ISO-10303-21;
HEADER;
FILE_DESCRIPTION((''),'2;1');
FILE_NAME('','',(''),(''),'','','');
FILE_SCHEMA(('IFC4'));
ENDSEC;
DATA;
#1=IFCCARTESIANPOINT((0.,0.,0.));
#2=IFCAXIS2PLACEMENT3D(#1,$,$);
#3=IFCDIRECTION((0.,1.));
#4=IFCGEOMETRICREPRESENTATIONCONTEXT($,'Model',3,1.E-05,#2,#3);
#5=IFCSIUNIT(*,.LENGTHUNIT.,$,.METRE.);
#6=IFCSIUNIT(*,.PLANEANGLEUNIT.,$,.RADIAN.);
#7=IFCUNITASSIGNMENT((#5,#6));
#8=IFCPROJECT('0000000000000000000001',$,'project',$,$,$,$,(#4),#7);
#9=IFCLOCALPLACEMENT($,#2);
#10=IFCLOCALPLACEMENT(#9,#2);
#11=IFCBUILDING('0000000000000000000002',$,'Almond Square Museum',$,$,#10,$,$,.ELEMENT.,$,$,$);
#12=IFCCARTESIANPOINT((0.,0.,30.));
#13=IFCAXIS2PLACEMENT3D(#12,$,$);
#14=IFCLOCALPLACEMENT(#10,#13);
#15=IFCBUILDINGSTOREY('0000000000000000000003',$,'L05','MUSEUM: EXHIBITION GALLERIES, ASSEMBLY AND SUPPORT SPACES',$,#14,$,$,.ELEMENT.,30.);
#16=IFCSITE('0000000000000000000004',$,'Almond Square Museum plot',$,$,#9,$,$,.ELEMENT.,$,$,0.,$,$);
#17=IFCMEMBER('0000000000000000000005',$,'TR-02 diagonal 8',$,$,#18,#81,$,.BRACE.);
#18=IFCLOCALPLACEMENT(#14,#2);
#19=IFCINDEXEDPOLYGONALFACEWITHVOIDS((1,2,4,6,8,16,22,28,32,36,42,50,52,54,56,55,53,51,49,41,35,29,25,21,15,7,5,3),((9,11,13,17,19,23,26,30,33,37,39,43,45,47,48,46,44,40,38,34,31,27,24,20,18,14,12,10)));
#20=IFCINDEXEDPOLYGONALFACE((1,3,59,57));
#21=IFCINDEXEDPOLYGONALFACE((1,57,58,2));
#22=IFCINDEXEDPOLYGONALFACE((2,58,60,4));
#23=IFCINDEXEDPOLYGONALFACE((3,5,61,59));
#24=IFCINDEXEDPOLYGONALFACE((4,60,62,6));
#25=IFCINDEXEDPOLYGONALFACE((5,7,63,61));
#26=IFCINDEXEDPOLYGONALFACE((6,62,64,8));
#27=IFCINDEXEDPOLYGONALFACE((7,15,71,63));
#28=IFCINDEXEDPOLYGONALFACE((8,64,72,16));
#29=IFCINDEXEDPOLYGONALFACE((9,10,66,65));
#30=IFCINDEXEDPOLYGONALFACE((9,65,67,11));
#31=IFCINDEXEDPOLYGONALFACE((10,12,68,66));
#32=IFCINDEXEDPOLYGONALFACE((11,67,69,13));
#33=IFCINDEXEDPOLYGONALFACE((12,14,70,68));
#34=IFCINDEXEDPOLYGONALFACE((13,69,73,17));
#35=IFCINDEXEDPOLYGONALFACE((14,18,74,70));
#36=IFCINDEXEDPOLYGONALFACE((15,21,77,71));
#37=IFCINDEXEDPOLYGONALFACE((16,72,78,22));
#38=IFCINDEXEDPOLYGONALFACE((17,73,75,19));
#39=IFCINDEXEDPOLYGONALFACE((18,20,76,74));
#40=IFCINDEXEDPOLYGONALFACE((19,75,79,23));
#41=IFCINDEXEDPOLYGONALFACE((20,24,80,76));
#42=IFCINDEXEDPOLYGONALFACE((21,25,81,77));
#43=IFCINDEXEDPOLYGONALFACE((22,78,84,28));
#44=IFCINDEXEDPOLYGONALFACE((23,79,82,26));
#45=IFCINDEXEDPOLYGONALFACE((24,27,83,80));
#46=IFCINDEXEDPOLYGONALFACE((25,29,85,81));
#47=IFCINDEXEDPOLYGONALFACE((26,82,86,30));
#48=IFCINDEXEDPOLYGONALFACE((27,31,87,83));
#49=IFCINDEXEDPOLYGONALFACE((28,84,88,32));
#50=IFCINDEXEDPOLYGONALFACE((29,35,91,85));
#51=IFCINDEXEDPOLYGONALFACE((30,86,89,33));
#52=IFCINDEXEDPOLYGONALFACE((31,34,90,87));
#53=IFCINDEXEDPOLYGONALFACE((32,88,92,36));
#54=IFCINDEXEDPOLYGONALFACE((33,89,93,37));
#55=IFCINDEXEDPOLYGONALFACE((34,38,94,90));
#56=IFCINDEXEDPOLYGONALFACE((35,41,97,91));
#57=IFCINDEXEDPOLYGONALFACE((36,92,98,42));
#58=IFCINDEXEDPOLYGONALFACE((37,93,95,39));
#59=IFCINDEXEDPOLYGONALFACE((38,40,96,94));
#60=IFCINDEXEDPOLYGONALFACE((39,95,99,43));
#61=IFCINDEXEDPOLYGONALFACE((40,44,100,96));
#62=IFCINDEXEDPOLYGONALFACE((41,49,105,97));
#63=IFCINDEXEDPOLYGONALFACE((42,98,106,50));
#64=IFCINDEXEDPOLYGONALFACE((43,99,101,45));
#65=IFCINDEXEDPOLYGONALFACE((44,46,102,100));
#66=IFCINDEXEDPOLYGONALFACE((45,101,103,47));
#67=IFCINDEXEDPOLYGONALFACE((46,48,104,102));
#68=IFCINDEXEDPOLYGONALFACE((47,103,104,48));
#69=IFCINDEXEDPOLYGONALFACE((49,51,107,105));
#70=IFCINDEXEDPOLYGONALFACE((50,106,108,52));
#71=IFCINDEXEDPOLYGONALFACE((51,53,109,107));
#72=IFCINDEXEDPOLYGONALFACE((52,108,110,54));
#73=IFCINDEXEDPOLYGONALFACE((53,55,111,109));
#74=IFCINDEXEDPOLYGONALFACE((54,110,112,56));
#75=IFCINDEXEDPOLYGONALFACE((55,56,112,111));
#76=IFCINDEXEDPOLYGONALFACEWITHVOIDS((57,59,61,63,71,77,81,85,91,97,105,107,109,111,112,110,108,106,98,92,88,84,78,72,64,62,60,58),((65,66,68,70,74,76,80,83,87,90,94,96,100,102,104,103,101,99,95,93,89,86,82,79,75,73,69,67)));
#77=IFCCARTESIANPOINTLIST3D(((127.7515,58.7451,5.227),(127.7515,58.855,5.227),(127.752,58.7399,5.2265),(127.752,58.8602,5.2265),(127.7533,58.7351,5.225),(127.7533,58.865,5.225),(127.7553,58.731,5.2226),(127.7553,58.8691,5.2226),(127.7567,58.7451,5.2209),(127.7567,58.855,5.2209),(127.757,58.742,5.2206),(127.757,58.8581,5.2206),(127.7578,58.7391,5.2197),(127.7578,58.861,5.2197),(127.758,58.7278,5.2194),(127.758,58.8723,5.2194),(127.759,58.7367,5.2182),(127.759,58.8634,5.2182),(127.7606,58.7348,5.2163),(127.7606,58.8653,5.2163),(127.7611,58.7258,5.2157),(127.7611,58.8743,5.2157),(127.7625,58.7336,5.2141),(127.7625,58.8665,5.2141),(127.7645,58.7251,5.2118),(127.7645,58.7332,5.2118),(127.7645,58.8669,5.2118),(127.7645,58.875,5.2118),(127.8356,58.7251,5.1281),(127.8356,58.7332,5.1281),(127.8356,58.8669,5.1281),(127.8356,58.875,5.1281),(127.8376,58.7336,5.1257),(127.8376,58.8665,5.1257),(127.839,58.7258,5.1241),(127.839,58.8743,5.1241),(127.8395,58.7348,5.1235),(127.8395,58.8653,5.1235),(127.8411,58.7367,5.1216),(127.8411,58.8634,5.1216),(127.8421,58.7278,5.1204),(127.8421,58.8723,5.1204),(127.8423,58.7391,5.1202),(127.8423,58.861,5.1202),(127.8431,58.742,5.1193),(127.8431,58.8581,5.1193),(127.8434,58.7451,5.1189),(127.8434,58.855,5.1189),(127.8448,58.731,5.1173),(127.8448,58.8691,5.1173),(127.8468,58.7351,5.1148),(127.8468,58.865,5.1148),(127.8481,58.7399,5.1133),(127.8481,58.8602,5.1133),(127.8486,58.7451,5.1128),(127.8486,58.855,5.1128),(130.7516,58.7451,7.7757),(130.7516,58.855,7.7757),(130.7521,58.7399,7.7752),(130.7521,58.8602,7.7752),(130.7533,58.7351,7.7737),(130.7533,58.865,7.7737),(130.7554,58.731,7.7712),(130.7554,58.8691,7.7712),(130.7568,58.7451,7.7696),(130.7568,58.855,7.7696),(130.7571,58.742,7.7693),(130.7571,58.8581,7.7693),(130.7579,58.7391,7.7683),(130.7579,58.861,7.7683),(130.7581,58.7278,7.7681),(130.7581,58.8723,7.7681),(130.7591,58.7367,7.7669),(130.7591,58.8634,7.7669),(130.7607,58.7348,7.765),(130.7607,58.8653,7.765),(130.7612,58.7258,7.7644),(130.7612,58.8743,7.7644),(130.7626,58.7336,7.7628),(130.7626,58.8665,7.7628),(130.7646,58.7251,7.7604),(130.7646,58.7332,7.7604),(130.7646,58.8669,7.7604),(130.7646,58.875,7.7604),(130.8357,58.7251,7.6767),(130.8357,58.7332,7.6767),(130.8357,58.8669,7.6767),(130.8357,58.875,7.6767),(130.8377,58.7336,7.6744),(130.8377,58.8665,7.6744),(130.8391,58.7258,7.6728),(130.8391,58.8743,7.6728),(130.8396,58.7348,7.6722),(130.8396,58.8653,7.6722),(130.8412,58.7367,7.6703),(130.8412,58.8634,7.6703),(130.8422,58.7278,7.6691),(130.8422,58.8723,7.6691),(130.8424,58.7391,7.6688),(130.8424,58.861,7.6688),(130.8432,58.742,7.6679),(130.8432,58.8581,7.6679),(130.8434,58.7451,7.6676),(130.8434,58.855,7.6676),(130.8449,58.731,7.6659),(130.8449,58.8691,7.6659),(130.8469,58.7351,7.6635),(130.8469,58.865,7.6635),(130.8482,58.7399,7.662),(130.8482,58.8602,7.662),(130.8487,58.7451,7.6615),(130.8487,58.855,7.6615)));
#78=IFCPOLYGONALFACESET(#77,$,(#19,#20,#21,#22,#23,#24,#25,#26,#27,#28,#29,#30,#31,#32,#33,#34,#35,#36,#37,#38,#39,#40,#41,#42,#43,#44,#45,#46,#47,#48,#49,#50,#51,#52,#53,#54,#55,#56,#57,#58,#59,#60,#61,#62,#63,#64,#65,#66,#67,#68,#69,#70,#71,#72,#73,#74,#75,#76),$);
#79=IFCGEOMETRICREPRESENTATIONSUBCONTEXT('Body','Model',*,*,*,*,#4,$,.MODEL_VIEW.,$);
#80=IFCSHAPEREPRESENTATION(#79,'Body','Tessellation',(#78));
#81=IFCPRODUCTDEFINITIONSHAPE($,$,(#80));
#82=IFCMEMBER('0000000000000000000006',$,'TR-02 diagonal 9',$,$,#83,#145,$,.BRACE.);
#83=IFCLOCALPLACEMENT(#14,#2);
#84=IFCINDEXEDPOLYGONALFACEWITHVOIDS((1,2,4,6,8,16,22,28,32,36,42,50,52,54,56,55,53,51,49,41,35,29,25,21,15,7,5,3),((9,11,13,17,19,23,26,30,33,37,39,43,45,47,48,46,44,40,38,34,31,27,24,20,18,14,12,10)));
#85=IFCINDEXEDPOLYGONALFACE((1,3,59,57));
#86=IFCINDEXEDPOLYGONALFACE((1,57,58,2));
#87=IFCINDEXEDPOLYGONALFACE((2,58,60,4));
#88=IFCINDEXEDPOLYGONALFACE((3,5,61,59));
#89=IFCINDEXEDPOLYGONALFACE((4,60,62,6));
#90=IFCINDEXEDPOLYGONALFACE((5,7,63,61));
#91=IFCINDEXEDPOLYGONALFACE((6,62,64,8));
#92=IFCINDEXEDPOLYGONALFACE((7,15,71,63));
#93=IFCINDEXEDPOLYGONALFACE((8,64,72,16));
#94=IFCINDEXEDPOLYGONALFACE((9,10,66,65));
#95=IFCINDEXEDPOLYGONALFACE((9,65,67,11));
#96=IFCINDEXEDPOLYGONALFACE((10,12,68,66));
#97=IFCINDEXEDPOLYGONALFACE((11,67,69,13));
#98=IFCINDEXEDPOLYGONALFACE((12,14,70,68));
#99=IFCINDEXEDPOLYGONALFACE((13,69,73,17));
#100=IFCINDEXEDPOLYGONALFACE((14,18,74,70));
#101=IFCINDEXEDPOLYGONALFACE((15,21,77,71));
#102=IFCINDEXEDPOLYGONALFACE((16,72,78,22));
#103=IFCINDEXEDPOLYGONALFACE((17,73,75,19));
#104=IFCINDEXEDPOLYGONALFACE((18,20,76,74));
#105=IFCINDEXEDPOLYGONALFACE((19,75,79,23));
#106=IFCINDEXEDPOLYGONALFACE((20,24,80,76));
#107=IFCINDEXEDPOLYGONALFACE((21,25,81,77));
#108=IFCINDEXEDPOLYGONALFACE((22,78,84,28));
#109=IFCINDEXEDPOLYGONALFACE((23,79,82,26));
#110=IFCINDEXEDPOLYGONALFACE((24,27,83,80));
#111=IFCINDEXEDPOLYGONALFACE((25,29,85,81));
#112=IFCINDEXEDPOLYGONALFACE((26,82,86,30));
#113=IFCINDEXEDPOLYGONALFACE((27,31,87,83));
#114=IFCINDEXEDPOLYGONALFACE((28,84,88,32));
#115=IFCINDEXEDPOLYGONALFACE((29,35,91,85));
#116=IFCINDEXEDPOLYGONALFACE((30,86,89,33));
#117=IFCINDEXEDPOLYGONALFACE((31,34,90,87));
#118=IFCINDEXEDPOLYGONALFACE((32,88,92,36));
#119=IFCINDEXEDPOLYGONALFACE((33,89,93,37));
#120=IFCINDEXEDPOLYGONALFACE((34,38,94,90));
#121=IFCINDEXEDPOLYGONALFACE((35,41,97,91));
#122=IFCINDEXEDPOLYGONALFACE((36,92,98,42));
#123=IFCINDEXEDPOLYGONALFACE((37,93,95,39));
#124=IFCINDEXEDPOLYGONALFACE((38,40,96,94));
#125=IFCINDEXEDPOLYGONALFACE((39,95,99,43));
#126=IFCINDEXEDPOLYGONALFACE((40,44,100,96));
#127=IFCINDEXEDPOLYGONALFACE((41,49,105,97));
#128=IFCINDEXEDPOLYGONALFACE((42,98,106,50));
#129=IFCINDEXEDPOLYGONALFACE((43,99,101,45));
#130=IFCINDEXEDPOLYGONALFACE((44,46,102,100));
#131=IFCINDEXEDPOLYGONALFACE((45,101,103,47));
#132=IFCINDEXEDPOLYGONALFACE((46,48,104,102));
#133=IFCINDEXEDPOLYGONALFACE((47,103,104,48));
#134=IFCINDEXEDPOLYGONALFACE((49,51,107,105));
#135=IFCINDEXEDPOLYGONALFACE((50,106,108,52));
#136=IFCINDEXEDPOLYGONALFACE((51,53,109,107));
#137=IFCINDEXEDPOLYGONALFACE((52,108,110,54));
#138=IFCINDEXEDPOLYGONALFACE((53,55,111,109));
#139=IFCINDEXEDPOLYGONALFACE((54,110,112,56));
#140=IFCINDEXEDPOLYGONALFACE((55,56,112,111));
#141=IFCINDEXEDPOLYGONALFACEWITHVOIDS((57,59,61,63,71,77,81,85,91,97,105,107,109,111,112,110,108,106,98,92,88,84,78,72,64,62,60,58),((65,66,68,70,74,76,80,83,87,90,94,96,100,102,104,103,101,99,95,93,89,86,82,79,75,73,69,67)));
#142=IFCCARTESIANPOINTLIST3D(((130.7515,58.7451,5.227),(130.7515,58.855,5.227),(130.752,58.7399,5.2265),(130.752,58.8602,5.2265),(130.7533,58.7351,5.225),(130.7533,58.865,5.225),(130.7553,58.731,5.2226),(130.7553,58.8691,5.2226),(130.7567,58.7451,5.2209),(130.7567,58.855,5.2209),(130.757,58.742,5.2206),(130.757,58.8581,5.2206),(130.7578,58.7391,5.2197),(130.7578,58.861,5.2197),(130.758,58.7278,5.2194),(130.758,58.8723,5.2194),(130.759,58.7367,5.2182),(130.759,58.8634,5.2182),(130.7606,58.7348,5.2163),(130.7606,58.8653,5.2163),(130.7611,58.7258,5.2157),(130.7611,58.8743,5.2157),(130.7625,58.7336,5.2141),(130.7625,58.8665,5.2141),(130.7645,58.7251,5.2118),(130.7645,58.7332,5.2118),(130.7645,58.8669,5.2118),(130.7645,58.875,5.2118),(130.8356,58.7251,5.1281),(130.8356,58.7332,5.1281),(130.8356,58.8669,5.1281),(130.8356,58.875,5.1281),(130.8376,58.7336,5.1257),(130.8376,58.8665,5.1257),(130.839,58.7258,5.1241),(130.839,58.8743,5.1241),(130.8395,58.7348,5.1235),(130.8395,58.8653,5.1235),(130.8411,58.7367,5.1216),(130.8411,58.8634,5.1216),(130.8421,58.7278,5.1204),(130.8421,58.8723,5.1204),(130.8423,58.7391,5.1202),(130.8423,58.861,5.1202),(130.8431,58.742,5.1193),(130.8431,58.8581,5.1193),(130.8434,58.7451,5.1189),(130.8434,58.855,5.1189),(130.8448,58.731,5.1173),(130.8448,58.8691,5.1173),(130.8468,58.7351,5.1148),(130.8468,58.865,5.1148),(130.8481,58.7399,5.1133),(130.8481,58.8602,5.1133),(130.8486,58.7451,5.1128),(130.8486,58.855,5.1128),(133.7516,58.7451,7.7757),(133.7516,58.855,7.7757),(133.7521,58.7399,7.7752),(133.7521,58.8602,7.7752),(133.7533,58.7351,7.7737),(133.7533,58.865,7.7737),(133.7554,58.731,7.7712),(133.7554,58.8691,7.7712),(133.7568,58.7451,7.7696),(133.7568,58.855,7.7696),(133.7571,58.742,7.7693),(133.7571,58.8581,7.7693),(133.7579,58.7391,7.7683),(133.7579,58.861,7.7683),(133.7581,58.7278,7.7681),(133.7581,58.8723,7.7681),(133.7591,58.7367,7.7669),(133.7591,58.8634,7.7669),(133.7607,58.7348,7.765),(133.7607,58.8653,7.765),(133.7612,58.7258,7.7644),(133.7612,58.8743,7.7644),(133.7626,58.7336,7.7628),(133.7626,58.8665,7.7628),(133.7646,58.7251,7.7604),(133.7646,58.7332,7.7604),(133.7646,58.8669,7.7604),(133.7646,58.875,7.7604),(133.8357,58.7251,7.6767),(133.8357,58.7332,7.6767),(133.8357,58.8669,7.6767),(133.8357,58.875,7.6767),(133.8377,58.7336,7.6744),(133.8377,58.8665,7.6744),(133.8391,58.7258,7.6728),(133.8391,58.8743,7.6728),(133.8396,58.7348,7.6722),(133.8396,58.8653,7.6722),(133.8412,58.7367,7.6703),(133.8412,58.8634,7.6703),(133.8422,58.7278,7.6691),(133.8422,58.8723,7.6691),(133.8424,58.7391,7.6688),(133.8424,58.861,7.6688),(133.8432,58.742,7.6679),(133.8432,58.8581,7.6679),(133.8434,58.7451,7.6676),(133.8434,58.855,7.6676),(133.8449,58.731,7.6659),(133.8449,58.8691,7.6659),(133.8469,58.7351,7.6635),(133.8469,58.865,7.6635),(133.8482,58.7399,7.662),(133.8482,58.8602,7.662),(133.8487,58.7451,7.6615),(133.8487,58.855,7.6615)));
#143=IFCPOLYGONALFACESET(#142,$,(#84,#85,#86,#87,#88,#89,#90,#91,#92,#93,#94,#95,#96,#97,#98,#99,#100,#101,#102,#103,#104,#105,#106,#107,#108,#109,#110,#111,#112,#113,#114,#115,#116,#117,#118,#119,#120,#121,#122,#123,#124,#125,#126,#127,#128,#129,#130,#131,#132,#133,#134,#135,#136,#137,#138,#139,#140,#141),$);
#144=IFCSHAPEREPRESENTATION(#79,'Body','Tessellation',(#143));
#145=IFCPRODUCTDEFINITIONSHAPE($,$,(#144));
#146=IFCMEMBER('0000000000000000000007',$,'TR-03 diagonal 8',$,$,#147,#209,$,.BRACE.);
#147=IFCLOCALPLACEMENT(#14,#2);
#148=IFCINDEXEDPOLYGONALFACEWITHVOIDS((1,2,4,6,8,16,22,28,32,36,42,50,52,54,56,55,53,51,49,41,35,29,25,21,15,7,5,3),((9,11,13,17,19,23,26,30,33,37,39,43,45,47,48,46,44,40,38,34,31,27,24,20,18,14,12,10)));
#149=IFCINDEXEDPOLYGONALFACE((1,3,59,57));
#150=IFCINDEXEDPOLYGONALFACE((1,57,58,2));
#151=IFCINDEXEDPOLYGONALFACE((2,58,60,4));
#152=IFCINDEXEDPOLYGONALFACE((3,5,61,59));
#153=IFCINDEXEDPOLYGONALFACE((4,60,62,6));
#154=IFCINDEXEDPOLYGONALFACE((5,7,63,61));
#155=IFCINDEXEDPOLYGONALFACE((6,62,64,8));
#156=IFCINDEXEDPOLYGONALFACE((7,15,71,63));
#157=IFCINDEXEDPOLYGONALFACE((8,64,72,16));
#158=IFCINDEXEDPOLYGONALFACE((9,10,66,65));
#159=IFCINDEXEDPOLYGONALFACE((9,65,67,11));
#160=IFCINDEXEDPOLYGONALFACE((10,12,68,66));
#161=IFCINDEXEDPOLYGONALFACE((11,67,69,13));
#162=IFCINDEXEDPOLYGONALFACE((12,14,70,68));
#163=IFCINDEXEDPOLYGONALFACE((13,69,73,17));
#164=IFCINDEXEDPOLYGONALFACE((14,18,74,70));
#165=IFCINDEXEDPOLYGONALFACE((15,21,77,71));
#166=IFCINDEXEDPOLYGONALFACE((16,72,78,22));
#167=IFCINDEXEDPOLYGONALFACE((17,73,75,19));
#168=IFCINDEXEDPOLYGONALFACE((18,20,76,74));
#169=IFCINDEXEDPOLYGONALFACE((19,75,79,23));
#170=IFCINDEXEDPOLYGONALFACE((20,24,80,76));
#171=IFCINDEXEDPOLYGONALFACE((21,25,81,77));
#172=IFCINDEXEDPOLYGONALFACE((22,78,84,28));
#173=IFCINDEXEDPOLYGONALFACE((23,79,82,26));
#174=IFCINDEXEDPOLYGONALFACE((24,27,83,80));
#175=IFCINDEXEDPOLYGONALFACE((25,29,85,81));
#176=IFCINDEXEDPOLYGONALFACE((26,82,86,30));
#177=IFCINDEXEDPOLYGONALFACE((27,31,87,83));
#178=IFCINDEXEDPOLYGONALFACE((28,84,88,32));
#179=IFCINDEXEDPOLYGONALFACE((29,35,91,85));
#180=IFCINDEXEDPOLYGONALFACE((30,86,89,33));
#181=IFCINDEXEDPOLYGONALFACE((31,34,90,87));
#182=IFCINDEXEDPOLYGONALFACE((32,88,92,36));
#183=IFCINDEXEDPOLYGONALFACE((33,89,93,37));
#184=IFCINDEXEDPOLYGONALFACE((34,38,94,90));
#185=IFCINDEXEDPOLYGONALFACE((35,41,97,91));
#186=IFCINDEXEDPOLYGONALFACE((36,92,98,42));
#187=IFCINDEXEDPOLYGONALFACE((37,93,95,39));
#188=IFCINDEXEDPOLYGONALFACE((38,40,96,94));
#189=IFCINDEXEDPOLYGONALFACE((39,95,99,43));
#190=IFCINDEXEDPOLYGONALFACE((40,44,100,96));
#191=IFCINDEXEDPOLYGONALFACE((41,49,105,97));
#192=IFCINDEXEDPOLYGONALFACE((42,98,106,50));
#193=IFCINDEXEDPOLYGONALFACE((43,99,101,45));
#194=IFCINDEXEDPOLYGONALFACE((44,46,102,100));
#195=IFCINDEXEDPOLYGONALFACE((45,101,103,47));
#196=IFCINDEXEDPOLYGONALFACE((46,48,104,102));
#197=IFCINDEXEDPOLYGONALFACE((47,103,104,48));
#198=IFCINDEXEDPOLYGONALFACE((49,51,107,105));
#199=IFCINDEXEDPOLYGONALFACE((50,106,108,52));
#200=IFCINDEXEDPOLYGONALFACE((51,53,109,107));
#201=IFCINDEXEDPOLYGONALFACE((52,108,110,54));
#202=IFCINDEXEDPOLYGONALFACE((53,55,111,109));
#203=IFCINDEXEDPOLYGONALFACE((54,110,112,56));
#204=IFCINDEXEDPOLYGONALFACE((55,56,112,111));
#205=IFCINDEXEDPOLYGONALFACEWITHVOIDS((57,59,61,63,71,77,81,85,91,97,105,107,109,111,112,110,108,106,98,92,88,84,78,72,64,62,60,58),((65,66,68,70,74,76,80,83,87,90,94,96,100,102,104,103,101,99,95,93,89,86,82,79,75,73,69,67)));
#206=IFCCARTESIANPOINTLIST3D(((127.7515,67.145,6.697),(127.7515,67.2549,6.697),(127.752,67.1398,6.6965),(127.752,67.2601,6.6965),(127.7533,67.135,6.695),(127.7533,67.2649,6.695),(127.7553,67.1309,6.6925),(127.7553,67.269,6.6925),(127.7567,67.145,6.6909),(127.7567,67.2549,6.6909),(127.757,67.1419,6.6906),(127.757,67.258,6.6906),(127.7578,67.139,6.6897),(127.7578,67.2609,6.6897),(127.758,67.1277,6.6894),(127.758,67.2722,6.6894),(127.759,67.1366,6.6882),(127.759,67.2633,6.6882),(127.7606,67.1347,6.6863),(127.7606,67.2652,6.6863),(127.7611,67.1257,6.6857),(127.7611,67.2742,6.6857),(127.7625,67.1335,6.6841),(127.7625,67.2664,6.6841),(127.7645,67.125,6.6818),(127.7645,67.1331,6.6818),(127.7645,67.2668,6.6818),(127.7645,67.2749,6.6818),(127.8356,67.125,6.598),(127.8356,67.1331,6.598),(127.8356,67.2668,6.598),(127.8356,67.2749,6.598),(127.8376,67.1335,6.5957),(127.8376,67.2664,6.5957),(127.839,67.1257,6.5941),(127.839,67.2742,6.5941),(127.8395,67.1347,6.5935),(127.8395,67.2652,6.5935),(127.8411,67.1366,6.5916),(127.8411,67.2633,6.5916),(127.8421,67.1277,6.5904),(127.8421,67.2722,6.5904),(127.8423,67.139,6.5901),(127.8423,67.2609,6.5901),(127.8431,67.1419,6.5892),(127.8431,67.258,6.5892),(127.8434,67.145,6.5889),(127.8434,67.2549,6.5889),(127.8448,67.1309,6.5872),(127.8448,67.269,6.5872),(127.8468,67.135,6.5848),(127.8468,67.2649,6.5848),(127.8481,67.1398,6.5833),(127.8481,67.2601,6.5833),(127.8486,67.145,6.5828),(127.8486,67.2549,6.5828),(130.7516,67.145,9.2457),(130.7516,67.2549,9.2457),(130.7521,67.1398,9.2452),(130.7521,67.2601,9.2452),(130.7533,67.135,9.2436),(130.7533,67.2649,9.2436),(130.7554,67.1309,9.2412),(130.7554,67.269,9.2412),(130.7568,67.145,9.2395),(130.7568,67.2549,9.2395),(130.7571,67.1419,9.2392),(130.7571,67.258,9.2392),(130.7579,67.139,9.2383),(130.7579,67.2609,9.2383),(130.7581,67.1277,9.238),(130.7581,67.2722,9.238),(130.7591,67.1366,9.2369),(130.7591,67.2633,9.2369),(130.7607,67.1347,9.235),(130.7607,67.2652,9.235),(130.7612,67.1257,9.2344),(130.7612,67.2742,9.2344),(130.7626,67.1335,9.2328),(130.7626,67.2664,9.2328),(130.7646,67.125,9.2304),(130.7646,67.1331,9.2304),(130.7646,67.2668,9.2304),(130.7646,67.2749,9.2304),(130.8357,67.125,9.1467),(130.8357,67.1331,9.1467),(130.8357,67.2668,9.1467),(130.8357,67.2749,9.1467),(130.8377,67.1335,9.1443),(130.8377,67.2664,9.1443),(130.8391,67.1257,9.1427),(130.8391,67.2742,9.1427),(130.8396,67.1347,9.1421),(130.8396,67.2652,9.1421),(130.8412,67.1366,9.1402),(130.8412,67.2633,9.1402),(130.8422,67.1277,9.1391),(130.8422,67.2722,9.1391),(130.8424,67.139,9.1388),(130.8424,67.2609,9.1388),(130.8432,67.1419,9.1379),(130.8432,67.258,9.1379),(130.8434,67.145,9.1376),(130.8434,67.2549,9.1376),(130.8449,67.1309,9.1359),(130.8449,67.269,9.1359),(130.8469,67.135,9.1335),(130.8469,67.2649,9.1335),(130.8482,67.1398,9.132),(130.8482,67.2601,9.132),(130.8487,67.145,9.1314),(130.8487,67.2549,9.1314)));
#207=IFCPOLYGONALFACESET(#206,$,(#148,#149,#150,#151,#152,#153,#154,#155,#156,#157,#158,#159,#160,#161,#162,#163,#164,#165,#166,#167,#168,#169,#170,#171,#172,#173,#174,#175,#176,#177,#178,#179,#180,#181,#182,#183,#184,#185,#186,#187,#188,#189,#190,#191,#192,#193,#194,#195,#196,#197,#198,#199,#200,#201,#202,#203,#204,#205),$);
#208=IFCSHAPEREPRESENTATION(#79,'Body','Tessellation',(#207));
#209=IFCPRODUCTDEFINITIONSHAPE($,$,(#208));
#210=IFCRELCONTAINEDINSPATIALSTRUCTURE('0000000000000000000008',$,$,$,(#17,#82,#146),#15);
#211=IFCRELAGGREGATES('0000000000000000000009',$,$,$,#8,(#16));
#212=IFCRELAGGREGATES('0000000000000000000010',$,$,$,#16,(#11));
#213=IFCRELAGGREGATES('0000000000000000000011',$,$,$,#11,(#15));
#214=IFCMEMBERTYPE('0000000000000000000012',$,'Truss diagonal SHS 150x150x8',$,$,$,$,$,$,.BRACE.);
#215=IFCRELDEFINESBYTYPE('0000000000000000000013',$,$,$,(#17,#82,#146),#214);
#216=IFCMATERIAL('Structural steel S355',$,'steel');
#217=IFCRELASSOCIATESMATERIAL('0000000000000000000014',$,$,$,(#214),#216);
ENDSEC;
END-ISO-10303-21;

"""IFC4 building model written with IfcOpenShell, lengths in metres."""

from ifc_helpers import new_model, si_unit, direction, frame, origin, origin_2d, place, context, subcontext, project, spatial, hollow_rectangle, extrude, material, material_profile, profile_set, type_object, element, save


model = new_model("IFC4")

# Units and contexts
model_context = context("Model", 3, precision=1e-05, world=origin(), true_north=direction((0.0, 1.0)))
body_context = subcontext(model_context, "Body", "Model", "MODEL_VIEW")
ifc_project = project(units=[si_unit("LENGTHUNIT", "METRE"), si_unit("PLANEANGLEUNIT", "RADIAN")], contexts=[model_context])

# Site, building, storey
site_placement = place(None, origin())
site = spatial("IfcSite", under=ifc_project, at=site_placement, Name="Almond Square Museum plot", CompositionType="ELEMENT", RefElevation=0.0)
building_placement = place(site_placement, origin())
building = spatial("IfcBuilding", under=site, at=building_placement, Name="Almond Square Museum", CompositionType="ELEMENT")
storey_placement = place(building_placement, frame((0.0, 0.0, 30.0)))
storey = spatial("IfcBuildingStorey", under=building, at=storey_placement, Name="L05", Description="MUSEUM: EXHIBITION GALLERIES, ASSEMBLY AND SUPPORT SPACES", CompositionType="ELEMENT", Elevation=30.0)

# Members
ifc_material_1 = material(Name="Structural steel S355", Category="steel")
ifc_material_profile_1 = material_profile(ifc_material_1, hollow_rectangle(XDim=0.1499, YDim=0.1499, WallThickness=0.0081, InnerFilletRadius=0.012, OuterFilletRadius=0.02, at=origin_2d()))
ifc_profile_set_1 = profile_set([ifc_material_profile_1], Name="Structural steel S355")
member_type_1 = type_object("IfcMemberType", Name="Truss diagonal SHS 150x150x8", PredefinedType="BRACE", material=ifc_profile_set_1)
for number, where, z_axis, x_axis, name in (
    (1, (127.8, 58.8, 5.1699), (0.762117, 0.0, 0.64744), (0.0, 1.0, 0.0), "TR-02 diagonal 8"),
    (2, (130.8, 58.8, 5.1699), (0.762117, 0.0, 0.64744), (0.0, 1.0, 0.0), "TR-02 diagonal 9"),
    (3, (127.8, 67.2, 6.6399), (0.762117, 0.0, 0.64744), (0.0, 1.0, 0.0), "TR-03 diagonal 8"),
):
    element("IfcMember", number, at=place(storey_placement, frame(where, z_axis=z_axis, x_axis=x_axis)), inside=storey, type_object=member_type_1, Name=name, PredefinedType="BRACE", context=body_context, shape_type="SweptSolid", body=[
        extrude(hollow_rectangle(XDim=0.1499, YDim=0.1499, WallThickness=0.0081, InnerFilletRadius=0.012, OuterFilletRadius=0.02, at=origin_2d()), origin(), (0.0, 0.0, 1.0), 3.9365),
    ])

save(model, "model.ifc")
